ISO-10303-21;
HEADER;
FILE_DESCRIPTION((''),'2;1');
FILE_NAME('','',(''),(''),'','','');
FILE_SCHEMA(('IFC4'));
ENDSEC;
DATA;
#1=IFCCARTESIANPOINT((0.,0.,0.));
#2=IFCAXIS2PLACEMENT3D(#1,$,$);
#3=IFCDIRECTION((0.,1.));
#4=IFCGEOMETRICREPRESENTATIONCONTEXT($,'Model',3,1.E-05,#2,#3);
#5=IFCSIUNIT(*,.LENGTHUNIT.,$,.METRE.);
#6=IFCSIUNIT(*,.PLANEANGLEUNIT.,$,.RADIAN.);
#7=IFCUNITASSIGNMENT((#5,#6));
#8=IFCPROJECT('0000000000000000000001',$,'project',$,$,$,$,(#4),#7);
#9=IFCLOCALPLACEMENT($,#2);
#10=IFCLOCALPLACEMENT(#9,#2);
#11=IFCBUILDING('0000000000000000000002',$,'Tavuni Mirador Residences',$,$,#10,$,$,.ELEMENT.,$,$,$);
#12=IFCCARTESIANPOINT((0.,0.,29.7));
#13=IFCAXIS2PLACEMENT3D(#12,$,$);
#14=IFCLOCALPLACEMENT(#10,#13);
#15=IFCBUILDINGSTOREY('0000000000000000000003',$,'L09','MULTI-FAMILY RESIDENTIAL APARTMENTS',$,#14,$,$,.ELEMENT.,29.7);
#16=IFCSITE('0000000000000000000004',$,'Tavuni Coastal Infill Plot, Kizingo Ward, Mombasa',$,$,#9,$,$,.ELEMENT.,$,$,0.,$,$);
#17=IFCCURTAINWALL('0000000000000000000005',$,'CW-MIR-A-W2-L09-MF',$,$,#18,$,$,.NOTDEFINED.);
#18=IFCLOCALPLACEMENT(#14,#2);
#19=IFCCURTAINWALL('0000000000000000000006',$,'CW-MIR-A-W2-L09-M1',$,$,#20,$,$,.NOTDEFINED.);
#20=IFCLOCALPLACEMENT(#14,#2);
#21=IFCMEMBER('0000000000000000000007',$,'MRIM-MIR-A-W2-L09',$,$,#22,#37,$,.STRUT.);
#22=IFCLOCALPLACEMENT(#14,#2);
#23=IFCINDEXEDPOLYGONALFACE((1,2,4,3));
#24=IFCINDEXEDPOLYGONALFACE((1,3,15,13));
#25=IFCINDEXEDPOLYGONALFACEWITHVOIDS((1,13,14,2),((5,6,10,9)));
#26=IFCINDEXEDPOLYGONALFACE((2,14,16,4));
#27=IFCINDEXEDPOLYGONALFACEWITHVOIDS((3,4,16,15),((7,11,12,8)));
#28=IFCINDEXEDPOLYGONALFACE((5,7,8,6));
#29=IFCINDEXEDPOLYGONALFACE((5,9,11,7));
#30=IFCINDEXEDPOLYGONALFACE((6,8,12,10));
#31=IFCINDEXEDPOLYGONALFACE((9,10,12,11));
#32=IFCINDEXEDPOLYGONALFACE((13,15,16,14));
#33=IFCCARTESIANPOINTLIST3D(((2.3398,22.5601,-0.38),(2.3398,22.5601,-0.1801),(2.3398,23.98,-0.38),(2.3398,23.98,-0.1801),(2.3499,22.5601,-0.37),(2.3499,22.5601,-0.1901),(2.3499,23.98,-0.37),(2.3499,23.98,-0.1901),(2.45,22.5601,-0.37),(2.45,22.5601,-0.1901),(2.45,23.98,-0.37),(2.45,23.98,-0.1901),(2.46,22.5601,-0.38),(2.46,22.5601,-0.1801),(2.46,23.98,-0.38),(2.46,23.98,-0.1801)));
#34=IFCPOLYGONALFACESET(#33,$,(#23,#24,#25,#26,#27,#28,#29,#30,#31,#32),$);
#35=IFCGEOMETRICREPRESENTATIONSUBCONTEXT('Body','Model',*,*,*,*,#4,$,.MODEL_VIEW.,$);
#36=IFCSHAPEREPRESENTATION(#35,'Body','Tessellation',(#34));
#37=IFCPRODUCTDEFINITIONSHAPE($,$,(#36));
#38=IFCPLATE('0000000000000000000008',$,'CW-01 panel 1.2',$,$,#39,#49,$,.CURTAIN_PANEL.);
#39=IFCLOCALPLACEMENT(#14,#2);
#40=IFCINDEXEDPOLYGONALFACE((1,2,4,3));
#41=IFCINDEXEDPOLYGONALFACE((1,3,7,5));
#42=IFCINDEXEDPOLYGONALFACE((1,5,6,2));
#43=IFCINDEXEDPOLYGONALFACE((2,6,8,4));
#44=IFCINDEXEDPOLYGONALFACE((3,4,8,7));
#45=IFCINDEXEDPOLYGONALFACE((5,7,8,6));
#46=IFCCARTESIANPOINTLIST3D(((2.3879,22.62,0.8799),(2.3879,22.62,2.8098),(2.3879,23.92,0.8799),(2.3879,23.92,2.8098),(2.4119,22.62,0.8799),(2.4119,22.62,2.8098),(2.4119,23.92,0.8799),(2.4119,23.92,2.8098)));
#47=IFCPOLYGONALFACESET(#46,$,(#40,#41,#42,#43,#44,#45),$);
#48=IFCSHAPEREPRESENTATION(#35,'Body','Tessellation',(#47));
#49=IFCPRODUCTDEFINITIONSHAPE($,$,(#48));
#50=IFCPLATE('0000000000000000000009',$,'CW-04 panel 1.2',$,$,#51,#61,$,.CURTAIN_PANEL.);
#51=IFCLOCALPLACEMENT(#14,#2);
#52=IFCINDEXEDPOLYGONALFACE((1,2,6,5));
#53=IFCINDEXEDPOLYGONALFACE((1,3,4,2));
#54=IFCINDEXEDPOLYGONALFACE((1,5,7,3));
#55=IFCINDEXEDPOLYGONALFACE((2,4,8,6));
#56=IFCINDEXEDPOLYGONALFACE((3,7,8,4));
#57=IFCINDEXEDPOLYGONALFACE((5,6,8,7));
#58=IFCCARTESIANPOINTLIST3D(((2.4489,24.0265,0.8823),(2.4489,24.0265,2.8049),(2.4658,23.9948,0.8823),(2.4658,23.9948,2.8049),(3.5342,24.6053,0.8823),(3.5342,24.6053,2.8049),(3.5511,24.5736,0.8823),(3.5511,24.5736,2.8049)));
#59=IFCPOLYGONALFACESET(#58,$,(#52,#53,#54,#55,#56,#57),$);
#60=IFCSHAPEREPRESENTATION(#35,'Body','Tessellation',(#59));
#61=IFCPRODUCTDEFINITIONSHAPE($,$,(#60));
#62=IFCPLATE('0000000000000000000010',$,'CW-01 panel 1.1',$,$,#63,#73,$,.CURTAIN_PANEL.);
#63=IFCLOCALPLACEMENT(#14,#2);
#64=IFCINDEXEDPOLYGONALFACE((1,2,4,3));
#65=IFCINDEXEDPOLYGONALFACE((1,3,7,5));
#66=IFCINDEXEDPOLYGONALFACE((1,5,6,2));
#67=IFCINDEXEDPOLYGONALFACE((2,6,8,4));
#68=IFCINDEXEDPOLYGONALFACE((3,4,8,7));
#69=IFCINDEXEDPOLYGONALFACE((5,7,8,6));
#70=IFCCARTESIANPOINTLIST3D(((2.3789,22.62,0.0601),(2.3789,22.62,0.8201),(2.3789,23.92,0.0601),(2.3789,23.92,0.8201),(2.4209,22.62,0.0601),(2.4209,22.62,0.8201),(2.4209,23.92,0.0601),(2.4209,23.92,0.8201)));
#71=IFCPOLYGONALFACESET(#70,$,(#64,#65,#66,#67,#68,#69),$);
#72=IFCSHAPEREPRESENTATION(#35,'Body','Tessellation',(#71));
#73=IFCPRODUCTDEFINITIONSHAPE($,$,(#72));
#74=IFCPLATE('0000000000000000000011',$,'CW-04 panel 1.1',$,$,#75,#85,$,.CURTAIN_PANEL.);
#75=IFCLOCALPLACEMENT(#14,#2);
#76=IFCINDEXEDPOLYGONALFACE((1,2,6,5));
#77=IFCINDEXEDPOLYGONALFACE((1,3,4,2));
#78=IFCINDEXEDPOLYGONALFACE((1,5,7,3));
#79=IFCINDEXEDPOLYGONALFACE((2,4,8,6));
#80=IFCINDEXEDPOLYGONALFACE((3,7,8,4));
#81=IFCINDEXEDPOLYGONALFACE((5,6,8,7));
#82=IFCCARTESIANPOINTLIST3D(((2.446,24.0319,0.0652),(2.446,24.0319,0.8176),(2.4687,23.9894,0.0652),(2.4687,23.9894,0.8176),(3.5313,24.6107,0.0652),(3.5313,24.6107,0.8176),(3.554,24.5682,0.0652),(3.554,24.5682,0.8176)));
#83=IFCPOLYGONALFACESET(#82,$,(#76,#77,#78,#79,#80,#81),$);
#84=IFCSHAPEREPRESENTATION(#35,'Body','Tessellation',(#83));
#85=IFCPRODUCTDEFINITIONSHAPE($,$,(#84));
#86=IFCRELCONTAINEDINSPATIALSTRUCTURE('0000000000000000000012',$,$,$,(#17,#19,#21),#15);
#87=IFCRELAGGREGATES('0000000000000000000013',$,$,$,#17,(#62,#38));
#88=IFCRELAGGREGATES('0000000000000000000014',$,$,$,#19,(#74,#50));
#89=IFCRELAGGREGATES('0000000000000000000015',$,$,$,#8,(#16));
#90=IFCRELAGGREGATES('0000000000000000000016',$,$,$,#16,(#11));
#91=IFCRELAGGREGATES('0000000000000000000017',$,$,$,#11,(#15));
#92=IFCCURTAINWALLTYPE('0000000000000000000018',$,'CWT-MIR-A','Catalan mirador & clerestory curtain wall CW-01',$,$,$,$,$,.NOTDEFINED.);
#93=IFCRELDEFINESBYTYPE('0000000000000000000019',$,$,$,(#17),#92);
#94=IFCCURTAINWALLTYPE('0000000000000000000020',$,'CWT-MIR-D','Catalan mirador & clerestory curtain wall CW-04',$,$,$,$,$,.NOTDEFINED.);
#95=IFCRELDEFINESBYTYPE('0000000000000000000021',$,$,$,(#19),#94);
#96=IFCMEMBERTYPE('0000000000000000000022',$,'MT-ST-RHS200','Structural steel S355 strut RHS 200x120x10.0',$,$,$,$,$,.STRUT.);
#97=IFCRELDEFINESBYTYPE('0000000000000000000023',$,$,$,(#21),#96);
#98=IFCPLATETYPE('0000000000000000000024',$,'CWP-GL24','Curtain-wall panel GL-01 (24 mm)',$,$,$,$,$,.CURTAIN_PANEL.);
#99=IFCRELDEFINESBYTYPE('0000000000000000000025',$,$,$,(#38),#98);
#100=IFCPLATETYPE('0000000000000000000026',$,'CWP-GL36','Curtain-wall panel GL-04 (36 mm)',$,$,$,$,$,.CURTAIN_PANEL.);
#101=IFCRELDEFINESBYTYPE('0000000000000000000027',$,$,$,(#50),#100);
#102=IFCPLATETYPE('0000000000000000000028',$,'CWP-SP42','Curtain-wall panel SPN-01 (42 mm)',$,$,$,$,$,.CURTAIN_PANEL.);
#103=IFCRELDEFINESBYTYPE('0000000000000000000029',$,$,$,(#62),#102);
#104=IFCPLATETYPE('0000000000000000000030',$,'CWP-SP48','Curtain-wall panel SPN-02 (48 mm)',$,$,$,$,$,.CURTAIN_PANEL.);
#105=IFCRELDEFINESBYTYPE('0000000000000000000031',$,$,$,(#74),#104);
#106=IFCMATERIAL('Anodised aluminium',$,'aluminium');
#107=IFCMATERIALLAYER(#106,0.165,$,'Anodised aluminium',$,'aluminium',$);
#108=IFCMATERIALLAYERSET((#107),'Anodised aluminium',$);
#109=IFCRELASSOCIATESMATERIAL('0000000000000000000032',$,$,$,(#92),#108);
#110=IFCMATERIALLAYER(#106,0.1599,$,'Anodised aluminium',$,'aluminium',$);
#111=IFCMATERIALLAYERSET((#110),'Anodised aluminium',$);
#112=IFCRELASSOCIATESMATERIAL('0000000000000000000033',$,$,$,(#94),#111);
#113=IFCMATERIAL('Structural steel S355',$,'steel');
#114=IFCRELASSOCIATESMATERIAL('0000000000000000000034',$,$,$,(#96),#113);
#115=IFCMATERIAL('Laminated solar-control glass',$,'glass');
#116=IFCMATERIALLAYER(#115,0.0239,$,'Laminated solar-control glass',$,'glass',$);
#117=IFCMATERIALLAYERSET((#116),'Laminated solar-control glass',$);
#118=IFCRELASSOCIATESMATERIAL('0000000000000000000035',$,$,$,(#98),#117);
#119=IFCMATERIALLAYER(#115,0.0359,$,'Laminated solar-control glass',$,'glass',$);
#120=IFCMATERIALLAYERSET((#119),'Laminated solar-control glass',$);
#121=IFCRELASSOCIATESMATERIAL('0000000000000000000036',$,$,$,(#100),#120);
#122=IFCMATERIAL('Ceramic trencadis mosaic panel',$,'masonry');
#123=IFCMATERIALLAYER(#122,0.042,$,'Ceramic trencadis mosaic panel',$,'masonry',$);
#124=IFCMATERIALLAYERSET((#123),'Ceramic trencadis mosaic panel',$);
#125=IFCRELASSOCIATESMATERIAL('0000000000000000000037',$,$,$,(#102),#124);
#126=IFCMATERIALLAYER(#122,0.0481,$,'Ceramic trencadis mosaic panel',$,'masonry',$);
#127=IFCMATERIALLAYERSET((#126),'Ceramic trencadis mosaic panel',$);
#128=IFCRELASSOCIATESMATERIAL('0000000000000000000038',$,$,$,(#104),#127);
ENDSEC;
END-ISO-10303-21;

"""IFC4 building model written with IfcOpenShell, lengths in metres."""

from ifc_helpers import new_model, si_unit, direction, frame, origin, origin_2d, place, context, subcontext, project, spatial, rectangle, hollow_rectangle, extrude, material, layer, layer_set, material_profile, profile_set, type_object, element, aggregate, save


model = new_model("IFC4")

# Units and contexts
model_context = context("Model", 3, precision=1e-05, world=origin(), true_north=direction((0.0, 1.0)))
body_context = subcontext(model_context, "Body", "Model", "MODEL_VIEW")
ifc_project = project(units=[si_unit("LENGTHUNIT", "METRE"), si_unit("PLANEANGLEUNIT", "RADIAN")], contexts=[model_context])

# Site, building, storey
site_placement = place(None, origin())
site = spatial("IfcSite", under=ifc_project, at=site_placement, Name="Tavuni Coastal Infill Plot, Kizingo Ward, Mombasa", CompositionType="ELEMENT", RefElevation=0.0)
building_placement = place(site_placement, origin())
building = spatial("IfcBuilding", under=site, at=building_placement, Name="Tavuni Mirador Residences", CompositionType="ELEMENT")
storey_placement = place(building_placement, frame((0.0, 0.0, 29.7)))
storey = spatial("IfcBuildingStorey", under=building, at=storey_placement, Name="L09", Description="MULTI-FAMILY RESIDENTIAL APARTMENTS", CompositionType="ELEMENT", Elevation=29.7)

# Curtain wall
ifc_material_1 = material(Name="Anodised aluminium", Category="aluminium")
ifc_layer_1 = layer(ifc_material_1, 0.165, Name="Anodised aluminium", Category="aluminium")
ifc_layer_set_1 = layer_set([ifc_layer_1], Name="Anodised aluminium")
curtain_wall_type_1 = type_object("IfcCurtainWallType", Name="CWT-MIR-A", Description="Catalan mirador & clerestory curtain wall CW-01", PredefinedType="NOTDEFINED", material=ifc_layer_set_1)
curtain_wall_1_placement = place(storey_placement, origin())
curtain_wall_1 = element("IfcCurtainWall", 1, at=curtain_wall_1_placement, inside=storey, type_object=curtain_wall_type_1, Name="CW-MIR-A-W2-L09-MF", PredefinedType="NOTDEFINED")

# Curtain wall
ifc_layer_2 = layer(ifc_material_1, 0.1599, Name="Anodised aluminium", Category="aluminium")
ifc_layer_set_2 = layer_set([ifc_layer_2], Name="Anodised aluminium")
curtain_wall_type_2 = type_object("IfcCurtainWallType", Name="CWT-MIR-D", Description="Catalan mirador & clerestory curtain wall CW-04", PredefinedType="NOTDEFINED", material=ifc_layer_set_2)
curtain_wall_2_placement = place(storey_placement, origin())
curtain_wall_2 = element("IfcCurtainWall", 2, at=curtain_wall_2_placement, inside=storey, type_object=curtain_wall_type_2, Name="CW-MIR-A-W2-L09-M1", PredefinedType="NOTDEFINED")

# Member
ifc_material_2 = material(Name="Structural steel S355", Category="steel")
ifc_material_profile_1 = material_profile(ifc_material_2, hollow_rectangle(XDim=0.1201, YDim=0.2, WallThickness=0.01, at=origin_2d()), Name="RHS 200x120x10.0", Category="steel")
ifc_profile_set_1 = profile_set([ifc_material_profile_1], Name="Structural steel S355")
member_type_1 = type_object("IfcMemberType", Name="MT-ST-RHS200", Description="Structural steel S355 strut RHS 200x120x10.0", PredefinedType="STRUT", material=ifc_profile_set_1)
member_1_placement = place(storey_placement, frame((2.3999, 22.5601, -0.28), z_axis=(0.0, 1.0, 0.0), x_axis=(-1.0, 0.0, 0.0)))
element("IfcMember", 3, at=member_1_placement, inside=storey, type_object=member_type_1, Name="MRIM-MIR-A-W2-L09", PredefinedType="STRUT", context=body_context, shape_type="SweptSolid", body=[
    extrude(hollow_rectangle(XDim=0.1201, YDim=0.2, WallThickness=0.01, at=origin_2d()), origin(), (0.0, 0.0, 1.0), 1.4199),
])

# Plates
ifc_material_3 = material(Name="Laminated solar-control glass", Category="glass")
ifc_layer_3 = layer(ifc_material_3, 0.0239, Name="Laminated solar-control glass", Category="glass")
ifc_layer_set_3 = layer_set([ifc_layer_3], Name="Laminated solar-control glass")
plate_type_1 = type_object("IfcPlateType", Name="CWP-GL24", Description="Curtain-wall panel GL-01 (24 mm)", PredefinedType="CURTAIN_PANEL", material=ifc_layer_set_3)
plate_1_placement = place(storey_placement, frame((2.3999, 23.27, 0.8799), z_axis=(0.0, 0.0, 1.0), x_axis=(0.0, -1.0, 0.0)))
plate_1 = element("IfcPlate", 4, at=plate_1_placement, type_object=plate_type_1, Name="CW-01 panel 1.2", PredefinedType="CURTAIN_PANEL", context=body_context, shape_type="SweptSolid", body=[
    extrude(rectangle(XDim=1.3, YDim=0.0239, at=origin_2d()), origin(), (0.0, 0.0, 1.0), 1.9299),
])
ifc_layer_4 = layer(ifc_material_3, 0.0359, Name="Laminated solar-control glass", Category="glass")
ifc_layer_set_4 = layer_set([ifc_layer_4], Name="Laminated solar-control glass")
plate_type_2 = type_object("IfcPlateType", Name="CWP-GL36", Description="Curtain-wall panel GL-04 (36 mm)", PredefinedType="CURTAIN_PANEL", material=ifc_layer_set_4)
plate_2_placement = place(storey_placement, frame((3.0, 24.3, 0.8823), z_axis=(0.0, 0.0, 1.0), x_axis=(-0.882353, -0.470588, 0.0)))
plate_2 = element("IfcPlate", 5, at=plate_2_placement, type_object=plate_type_2, Name="CW-04 panel 1.2", PredefinedType="CURTAIN_PANEL", context=body_context, shape_type="SweptSolid", body=[
    extrude(rectangle(XDim=1.23, YDim=0.0359, at=origin_2d()), origin(), (0.0, 0.0, 1.0), 1.9226),
])
ifc_material_4 = material(Name="Ceramic trencadis mosaic panel", Category="masonry")
ifc_layer_5 = layer(ifc_material_4, 0.042, Name="Ceramic trencadis mosaic panel", Category="masonry")
ifc_layer_set_5 = layer_set([ifc_layer_5], Name="Ceramic trencadis mosaic panel")
plate_type_3 = type_object("IfcPlateType", Name="CWP-SP42", Description="Curtain-wall panel SPN-01 (42 mm)", PredefinedType="CURTAIN_PANEL", material=ifc_layer_set_5)
plate_3_placement = place(storey_placement, frame((2.3999, 23.27, 0.0601), z_axis=(0.0, 0.0, 1.0), x_axis=(0.0, -1.0, 0.0)))
plate_3 = element("IfcPlate", 6, at=plate_3_placement, type_object=plate_type_3, Name="CW-01 panel 1.1", PredefinedType="CURTAIN_PANEL", context=body_context, shape_type="SweptSolid", body=[
    extrude(rectangle(XDim=1.3, YDim=0.042, at=origin_2d()), origin(), (0.0, 0.0, 1.0), 0.76),
])
aggregate(curtain_wall_1, [plate_3, plate_1])
ifc_layer_6 = layer(ifc_material_4, 0.0481, Name="Ceramic trencadis mosaic panel", Category="masonry")
ifc_layer_set_6 = layer_set([ifc_layer_6], Name="Ceramic trencadis mosaic panel")
plate_type_4 = type_object("IfcPlateType", Name="CWP-SP48", Description="Curtain-wall panel SPN-02 (48 mm)", PredefinedType="CURTAIN_PANEL", material=ifc_layer_set_6)
plate_4_placement = place(storey_placement, frame((3.0, 24.3, 0.0652), z_axis=(0.0, 0.0, 1.0), x_axis=(-0.882353, -0.470588, 0.0)))
plate_4 = element("IfcPlate", 7, at=plate_4_placement, type_object=plate_type_4, Name="CW-04 panel 1.1", PredefinedType="CURTAIN_PANEL", context=body_context, shape_type="SweptSolid", body=[
    extrude(rectangle(XDim=1.23, YDim=0.0481, at=origin_2d()), origin(), (0.0, 0.0, 1.0), 0.7524),
])
aggregate(curtain_wall_2, [plate_4, plate_2])

save(model, "model.ifc")
